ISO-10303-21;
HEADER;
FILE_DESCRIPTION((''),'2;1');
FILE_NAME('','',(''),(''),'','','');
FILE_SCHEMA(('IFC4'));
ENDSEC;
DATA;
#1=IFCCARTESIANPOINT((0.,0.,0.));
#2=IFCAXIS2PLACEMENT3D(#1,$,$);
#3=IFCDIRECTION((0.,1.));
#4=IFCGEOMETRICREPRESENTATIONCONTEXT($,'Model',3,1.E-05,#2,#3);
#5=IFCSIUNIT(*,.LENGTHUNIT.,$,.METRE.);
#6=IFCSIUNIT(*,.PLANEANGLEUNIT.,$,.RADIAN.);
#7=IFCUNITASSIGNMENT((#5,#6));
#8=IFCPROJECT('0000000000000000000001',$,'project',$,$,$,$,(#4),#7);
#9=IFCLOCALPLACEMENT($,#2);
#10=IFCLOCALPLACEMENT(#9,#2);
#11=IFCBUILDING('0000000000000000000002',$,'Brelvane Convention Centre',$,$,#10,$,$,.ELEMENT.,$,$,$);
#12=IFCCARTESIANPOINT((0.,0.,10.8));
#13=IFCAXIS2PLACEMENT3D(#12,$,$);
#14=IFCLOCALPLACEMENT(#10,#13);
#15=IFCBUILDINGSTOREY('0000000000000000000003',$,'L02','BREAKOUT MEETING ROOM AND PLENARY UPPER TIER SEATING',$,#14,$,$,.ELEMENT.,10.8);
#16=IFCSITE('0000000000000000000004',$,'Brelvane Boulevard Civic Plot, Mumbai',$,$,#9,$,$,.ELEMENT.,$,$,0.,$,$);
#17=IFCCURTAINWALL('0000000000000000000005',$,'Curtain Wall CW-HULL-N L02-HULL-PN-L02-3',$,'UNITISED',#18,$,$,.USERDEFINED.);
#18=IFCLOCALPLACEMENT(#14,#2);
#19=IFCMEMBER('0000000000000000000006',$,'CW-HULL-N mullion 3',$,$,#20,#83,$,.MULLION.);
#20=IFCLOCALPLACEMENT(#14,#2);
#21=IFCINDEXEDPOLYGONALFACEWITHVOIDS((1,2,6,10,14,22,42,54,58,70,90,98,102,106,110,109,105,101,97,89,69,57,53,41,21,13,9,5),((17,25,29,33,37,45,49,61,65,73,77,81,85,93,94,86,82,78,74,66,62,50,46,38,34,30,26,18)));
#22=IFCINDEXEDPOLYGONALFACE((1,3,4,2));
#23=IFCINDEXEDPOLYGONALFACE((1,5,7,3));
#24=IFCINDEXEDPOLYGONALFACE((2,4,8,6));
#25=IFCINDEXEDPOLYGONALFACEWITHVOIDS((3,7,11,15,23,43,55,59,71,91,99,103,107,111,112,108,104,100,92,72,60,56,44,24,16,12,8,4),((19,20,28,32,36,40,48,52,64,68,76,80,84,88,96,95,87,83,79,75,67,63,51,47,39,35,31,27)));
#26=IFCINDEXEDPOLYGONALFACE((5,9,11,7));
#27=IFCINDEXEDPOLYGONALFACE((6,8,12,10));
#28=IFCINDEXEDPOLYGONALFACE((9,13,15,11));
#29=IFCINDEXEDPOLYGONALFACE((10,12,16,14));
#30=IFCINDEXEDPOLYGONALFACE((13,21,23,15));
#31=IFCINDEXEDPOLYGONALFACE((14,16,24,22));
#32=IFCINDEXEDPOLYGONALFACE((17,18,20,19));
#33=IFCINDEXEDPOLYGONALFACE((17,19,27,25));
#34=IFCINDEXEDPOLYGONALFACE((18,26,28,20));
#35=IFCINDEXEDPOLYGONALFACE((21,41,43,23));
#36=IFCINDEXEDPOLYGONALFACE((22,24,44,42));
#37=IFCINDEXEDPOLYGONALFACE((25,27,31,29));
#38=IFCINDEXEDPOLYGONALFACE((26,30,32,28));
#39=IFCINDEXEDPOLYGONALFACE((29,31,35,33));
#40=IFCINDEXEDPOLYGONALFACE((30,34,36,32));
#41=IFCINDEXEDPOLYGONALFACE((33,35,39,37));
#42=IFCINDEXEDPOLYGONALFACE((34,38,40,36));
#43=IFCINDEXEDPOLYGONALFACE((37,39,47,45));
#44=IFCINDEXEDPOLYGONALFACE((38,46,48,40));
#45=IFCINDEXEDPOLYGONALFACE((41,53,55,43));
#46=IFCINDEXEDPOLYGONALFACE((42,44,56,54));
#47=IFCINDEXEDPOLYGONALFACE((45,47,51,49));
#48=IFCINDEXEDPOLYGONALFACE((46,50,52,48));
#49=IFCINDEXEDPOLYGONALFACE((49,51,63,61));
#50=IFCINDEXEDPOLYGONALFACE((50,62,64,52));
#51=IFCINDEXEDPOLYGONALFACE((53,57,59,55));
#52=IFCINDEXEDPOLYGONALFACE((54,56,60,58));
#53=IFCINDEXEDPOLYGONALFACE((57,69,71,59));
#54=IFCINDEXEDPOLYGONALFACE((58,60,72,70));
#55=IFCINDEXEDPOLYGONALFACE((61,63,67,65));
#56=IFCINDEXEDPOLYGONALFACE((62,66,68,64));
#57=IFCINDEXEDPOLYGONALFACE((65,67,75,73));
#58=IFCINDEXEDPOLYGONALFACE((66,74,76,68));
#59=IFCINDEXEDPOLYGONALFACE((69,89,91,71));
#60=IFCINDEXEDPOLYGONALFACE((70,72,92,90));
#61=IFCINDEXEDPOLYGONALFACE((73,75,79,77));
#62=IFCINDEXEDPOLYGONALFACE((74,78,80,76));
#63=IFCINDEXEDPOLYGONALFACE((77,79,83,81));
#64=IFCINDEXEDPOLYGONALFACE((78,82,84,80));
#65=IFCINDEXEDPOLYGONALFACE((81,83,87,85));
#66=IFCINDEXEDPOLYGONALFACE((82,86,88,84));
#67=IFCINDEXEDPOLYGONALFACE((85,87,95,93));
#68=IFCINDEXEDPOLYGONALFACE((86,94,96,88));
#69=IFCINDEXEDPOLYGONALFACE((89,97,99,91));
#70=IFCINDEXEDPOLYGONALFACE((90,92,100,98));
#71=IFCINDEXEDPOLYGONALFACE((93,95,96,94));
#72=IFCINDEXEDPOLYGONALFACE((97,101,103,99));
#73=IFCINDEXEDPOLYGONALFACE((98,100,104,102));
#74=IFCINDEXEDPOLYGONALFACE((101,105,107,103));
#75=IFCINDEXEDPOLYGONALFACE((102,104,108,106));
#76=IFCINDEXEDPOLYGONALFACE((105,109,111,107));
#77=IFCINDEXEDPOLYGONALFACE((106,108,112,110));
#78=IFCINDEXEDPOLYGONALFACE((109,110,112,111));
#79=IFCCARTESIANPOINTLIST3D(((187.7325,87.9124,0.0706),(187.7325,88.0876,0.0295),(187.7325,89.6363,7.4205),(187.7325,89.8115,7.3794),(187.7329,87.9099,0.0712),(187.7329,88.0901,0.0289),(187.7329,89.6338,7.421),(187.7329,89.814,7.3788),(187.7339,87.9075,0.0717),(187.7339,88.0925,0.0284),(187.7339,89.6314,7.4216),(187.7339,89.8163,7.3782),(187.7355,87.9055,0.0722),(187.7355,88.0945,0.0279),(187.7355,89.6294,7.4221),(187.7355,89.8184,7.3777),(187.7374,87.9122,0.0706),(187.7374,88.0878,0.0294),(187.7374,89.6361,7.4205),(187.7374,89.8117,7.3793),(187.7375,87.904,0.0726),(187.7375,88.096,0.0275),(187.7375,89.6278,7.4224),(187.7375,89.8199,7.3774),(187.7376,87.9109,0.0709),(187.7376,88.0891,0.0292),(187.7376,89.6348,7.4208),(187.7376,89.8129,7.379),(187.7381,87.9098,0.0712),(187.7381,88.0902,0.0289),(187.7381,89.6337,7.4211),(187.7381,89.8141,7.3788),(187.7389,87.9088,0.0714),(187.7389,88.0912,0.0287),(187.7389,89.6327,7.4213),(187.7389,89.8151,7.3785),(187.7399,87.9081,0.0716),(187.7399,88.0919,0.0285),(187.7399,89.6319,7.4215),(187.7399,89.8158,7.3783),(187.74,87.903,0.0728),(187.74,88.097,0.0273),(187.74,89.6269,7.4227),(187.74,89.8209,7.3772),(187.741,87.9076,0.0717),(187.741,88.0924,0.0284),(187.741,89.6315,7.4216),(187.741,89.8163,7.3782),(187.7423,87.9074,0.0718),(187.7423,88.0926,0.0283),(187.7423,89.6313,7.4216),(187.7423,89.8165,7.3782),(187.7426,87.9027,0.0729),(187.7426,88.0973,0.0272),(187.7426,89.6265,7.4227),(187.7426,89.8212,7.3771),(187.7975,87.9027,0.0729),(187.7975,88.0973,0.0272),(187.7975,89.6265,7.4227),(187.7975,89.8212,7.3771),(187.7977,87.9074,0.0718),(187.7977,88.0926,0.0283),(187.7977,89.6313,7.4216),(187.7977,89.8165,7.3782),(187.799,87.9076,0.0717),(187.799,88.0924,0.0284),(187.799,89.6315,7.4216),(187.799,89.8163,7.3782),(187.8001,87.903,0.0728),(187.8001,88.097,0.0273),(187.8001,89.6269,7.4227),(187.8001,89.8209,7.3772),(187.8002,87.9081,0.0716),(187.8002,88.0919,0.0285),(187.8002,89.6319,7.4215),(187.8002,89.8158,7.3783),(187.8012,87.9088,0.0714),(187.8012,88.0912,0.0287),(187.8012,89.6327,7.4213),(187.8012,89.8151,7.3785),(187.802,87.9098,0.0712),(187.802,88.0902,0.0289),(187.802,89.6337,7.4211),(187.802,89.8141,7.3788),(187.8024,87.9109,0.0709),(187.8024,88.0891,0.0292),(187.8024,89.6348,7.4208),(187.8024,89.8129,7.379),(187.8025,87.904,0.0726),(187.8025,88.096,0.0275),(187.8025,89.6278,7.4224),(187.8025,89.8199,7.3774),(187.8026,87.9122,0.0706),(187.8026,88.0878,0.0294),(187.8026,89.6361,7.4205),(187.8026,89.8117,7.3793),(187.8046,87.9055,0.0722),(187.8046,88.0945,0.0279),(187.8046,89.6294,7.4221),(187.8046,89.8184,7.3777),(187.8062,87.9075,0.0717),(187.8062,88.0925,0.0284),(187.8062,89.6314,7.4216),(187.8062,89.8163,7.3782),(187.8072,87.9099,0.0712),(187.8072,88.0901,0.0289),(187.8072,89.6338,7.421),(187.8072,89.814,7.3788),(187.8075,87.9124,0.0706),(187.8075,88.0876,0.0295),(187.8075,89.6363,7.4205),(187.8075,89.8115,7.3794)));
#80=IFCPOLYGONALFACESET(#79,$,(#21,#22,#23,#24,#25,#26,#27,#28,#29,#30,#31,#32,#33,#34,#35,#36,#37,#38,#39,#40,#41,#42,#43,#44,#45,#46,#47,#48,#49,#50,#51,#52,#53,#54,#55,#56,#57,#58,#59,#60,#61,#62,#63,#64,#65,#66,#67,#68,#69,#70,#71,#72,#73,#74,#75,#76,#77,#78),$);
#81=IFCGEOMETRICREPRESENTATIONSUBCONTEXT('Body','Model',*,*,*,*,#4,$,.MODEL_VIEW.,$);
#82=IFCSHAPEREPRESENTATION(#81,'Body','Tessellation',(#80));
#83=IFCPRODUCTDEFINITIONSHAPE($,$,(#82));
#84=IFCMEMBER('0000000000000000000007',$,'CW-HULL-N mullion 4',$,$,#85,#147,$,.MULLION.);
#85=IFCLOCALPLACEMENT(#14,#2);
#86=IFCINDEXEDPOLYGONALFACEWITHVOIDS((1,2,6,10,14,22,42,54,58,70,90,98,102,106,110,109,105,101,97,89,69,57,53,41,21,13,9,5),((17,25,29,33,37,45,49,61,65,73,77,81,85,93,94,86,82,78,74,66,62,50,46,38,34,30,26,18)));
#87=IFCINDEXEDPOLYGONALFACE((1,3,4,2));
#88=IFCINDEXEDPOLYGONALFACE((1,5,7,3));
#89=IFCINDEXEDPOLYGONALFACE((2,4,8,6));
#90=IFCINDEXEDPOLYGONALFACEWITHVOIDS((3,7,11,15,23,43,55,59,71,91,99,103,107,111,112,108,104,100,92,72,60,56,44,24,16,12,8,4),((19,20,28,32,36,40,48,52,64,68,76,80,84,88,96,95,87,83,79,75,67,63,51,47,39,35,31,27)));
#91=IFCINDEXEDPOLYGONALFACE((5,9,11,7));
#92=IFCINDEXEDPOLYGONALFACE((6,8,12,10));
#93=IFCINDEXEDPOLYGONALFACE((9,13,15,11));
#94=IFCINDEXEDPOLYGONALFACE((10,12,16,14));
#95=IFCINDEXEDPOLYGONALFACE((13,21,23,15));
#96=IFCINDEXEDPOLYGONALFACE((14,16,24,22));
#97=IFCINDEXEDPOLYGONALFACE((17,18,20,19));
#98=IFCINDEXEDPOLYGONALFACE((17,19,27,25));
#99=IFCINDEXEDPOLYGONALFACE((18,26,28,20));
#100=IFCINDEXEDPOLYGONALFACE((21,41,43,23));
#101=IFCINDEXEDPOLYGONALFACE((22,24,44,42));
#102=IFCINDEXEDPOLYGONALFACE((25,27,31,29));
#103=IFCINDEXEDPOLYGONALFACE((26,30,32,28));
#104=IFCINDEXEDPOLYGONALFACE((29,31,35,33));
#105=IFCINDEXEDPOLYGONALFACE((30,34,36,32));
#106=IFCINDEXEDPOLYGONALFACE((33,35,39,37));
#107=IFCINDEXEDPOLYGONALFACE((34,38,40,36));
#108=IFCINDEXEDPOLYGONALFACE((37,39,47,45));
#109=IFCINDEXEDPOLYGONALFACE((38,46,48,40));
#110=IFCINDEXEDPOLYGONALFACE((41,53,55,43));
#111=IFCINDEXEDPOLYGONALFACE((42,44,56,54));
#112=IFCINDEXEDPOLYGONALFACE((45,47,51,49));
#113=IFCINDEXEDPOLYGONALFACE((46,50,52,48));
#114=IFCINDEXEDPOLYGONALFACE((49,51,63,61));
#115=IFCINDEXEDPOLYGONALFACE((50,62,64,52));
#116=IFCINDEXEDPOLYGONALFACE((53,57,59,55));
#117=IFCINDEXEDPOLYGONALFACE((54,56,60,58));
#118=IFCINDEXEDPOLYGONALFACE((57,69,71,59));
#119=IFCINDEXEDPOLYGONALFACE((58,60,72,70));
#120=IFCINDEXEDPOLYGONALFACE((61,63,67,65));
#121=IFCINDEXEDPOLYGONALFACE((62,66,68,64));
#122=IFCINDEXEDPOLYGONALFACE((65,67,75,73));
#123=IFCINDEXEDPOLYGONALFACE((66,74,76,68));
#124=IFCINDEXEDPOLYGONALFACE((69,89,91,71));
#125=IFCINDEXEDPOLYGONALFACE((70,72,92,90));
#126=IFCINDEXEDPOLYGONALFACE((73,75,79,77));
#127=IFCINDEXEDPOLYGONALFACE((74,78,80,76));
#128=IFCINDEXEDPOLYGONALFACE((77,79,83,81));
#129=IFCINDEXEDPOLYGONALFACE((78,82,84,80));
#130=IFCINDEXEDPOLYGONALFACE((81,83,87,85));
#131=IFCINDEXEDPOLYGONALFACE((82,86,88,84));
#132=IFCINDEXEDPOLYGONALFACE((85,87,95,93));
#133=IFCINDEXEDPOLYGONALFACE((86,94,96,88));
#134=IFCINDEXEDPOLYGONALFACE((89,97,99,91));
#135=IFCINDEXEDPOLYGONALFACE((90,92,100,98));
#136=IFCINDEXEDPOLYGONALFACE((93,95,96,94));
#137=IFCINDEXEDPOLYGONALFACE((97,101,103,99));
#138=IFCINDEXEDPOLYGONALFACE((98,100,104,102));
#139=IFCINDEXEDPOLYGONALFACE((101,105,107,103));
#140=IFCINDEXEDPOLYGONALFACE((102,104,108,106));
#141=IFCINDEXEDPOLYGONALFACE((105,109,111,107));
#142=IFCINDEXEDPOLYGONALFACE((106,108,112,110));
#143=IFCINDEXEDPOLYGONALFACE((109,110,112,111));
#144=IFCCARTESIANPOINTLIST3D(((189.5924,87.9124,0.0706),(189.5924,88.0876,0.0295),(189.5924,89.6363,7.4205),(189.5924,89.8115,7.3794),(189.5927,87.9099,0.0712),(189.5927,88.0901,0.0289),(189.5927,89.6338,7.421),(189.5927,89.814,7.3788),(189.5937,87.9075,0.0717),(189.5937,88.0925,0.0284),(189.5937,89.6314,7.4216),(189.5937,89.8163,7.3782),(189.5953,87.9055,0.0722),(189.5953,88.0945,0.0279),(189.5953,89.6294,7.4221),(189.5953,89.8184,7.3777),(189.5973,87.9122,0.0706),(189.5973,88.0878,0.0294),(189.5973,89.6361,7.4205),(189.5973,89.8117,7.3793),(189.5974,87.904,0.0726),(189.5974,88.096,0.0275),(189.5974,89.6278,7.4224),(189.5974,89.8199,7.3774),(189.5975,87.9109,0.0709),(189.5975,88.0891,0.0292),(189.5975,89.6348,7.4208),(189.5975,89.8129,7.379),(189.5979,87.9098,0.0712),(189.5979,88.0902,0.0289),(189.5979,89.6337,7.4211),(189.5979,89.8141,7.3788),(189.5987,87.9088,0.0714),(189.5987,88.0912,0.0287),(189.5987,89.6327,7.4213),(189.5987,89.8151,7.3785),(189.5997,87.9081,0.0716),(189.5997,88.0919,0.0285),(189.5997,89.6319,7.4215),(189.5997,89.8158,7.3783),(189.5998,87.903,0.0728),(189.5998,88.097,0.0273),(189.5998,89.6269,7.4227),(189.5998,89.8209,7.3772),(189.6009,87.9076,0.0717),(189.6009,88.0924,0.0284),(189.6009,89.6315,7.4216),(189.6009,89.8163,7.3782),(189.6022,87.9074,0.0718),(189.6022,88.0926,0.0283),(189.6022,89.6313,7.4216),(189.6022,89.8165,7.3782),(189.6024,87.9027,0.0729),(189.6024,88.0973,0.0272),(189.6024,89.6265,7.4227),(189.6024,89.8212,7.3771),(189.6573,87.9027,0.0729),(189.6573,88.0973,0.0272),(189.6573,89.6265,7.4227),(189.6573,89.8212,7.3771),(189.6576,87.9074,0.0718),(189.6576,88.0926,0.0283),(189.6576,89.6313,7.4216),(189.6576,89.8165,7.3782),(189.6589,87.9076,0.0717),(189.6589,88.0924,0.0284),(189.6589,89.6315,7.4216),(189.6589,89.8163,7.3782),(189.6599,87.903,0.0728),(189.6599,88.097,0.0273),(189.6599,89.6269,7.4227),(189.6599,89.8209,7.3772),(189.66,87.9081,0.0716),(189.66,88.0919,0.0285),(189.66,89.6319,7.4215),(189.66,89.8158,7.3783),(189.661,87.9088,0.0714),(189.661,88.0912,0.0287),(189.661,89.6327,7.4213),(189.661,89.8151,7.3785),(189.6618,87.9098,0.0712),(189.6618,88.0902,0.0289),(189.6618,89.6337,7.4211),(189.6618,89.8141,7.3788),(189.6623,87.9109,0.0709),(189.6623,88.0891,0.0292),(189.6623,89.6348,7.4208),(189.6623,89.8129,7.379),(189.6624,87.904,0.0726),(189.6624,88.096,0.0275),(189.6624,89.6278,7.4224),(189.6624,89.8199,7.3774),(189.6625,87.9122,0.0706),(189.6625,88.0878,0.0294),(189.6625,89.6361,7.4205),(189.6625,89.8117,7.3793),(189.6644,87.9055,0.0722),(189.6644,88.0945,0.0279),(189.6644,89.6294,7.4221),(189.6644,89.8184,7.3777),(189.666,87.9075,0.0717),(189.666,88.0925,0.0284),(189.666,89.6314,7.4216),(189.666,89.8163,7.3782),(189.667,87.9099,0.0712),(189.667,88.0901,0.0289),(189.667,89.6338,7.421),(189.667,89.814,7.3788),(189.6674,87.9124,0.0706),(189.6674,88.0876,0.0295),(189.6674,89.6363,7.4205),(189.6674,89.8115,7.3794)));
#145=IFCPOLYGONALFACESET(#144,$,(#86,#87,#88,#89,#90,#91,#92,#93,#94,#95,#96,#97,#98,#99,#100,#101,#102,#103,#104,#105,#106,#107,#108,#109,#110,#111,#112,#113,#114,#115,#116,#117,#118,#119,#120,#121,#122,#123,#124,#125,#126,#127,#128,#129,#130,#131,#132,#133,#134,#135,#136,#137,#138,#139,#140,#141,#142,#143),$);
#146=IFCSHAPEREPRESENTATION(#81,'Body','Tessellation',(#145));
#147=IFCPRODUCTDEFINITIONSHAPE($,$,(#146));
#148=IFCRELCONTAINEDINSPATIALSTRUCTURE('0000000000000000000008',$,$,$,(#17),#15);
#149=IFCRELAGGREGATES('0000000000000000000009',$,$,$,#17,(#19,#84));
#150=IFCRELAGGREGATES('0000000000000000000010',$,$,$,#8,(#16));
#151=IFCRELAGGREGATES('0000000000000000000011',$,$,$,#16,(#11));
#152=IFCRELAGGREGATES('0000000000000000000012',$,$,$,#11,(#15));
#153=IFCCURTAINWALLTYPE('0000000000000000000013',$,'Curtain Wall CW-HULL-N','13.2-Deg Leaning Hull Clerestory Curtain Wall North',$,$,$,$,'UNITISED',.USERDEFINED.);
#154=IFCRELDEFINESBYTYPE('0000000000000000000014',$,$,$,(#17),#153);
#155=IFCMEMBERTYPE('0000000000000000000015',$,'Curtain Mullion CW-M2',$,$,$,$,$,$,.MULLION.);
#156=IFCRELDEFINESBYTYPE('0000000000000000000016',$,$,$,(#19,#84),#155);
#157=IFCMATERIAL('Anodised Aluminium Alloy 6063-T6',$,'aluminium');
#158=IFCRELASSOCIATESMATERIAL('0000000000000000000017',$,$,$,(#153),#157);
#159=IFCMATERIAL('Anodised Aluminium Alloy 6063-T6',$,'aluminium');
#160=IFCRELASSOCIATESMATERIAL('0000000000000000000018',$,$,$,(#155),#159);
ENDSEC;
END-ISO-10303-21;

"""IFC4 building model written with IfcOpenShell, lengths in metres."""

from ifc_helpers import new_model, si_unit, direction, frame, origin, origin_2d, place, context, subcontext, project, spatial, hollow_rectangle, extrude, material, material_profile, profile_set, type_object, element, aggregate, save


model = new_model("IFC4")

# Units and contexts
model_context = context("Model", 3, precision=1e-05, world=origin(), true_north=direction((0.0, 1.0)))
body_context = subcontext(model_context, "Body", "Model", "MODEL_VIEW")
ifc_project = project(units=[si_unit("LENGTHUNIT", "METRE"), si_unit("PLANEANGLEUNIT", "RADIAN")], contexts=[model_context])

# Site, building, storey
site_placement = place(None, origin())
site = spatial("IfcSite", under=ifc_project, at=site_placement, Name="Brelvane Boulevard Civic Plot, Mumbai", CompositionType="ELEMENT", RefElevation=0.0)
building_placement = place(site_placement, origin())
building = spatial("IfcBuilding", under=site, at=building_placement, Name="Brelvane Convention Centre", CompositionType="ELEMENT")
storey_placement = place(building_placement, frame((0.0, 0.0, 10.8)))
storey = spatial("IfcBuildingStorey", under=building, at=storey_placement, Name="L02", Description="BREAKOUT MEETING ROOM AND PLENARY UPPER TIER SEATING", CompositionType="ELEMENT", Elevation=10.8)

# Curtain wall, members
ifc_material_1 = material(Name="Anodised Aluminium Alloy 6063-T6", Category="aluminium")
curtain_wall_type = type_object("IfcCurtainWallType", Name="Curtain Wall CW-HULL-N", Description="13.2-Deg Leaning Hull Clerestory Curtain Wall North", ElementType="UNITISED", PredefinedType="USERDEFINED", material=ifc_material_1)
curtain_wall_1_placement = place(storey_placement, origin())
curtain_wall_1 = element("IfcCurtainWall", 1, at=curtain_wall_1_placement, inside=storey, type_object=curtain_wall_type, Name="Curtain Wall CW-HULL-N L02-HULL-PN-L02-3", ObjectType="UNITISED", PredefinedType="USERDEFINED")
ifc_material_2 = material(Name="Anodised Aluminium Alloy 6063-T6", Category="aluminium")
ifc_material_profile_1 = material_profile(ifc_material_2, hollow_rectangle(XDim=0.075, YDim=0.2, WallThickness=0.0049, InnerFilletRadius=0.0049, OuterFilletRadius=0.01, at=origin_2d()), Name="ALU-M 200x75x5.0")
ifc_profile_set_1 = profile_set([ifc_material_profile_1], Name="Anodised Aluminium Alloy 6063-T6")
member_type_1 = type_object("IfcMemberType", Name="Curtain Mullion CW-M2", PredefinedType="MULLION", material=ifc_profile_set_1)
member_1_placement = place(storey_placement, frame((187.77, 88.0, 0.05), z_axis=(0.0, 0.228349, 0.973579), x_axis=(-1.0, 0.0, 0.0)))
member_1 = element("IfcMember", 2, at=member_1_placement, type_object=member_type_1, Name="CW-HULL-N mullion 3", PredefinedType="MULLION", context=body_context, shape_type="SweptSolid", body=[
    extrude(hollow_rectangle(XDim=0.075, YDim=0.2, WallThickness=0.0049, InnerFilletRadius=0.0049, OuterFilletRadius=0.01, at=origin_2d()), origin(), (0.0, 0.0, 1.0), 7.5493),
])
member_2_placement = place(storey_placement, frame((189.6299, 88.0, 0.05), z_axis=(0.0, 0.228349, 0.973579), x_axis=(-1.0, 0.0, 0.0)))
member_2 = element("IfcMember", 3, at=member_2_placement, type_object=member_type_1, Name="CW-HULL-N mullion 4", PredefinedType="MULLION", context=body_context, shape_type="SweptSolid", body=[
    extrude(hollow_rectangle(XDim=0.075, YDim=0.2, WallThickness=0.0049, InnerFilletRadius=0.0049, OuterFilletRadius=0.01, at=origin_2d()), origin(), (0.0, 0.0, 1.0), 7.5493),
])

aggregate(curtain_wall_1, [member_1, member_2])

save(model, "model.ifc")
